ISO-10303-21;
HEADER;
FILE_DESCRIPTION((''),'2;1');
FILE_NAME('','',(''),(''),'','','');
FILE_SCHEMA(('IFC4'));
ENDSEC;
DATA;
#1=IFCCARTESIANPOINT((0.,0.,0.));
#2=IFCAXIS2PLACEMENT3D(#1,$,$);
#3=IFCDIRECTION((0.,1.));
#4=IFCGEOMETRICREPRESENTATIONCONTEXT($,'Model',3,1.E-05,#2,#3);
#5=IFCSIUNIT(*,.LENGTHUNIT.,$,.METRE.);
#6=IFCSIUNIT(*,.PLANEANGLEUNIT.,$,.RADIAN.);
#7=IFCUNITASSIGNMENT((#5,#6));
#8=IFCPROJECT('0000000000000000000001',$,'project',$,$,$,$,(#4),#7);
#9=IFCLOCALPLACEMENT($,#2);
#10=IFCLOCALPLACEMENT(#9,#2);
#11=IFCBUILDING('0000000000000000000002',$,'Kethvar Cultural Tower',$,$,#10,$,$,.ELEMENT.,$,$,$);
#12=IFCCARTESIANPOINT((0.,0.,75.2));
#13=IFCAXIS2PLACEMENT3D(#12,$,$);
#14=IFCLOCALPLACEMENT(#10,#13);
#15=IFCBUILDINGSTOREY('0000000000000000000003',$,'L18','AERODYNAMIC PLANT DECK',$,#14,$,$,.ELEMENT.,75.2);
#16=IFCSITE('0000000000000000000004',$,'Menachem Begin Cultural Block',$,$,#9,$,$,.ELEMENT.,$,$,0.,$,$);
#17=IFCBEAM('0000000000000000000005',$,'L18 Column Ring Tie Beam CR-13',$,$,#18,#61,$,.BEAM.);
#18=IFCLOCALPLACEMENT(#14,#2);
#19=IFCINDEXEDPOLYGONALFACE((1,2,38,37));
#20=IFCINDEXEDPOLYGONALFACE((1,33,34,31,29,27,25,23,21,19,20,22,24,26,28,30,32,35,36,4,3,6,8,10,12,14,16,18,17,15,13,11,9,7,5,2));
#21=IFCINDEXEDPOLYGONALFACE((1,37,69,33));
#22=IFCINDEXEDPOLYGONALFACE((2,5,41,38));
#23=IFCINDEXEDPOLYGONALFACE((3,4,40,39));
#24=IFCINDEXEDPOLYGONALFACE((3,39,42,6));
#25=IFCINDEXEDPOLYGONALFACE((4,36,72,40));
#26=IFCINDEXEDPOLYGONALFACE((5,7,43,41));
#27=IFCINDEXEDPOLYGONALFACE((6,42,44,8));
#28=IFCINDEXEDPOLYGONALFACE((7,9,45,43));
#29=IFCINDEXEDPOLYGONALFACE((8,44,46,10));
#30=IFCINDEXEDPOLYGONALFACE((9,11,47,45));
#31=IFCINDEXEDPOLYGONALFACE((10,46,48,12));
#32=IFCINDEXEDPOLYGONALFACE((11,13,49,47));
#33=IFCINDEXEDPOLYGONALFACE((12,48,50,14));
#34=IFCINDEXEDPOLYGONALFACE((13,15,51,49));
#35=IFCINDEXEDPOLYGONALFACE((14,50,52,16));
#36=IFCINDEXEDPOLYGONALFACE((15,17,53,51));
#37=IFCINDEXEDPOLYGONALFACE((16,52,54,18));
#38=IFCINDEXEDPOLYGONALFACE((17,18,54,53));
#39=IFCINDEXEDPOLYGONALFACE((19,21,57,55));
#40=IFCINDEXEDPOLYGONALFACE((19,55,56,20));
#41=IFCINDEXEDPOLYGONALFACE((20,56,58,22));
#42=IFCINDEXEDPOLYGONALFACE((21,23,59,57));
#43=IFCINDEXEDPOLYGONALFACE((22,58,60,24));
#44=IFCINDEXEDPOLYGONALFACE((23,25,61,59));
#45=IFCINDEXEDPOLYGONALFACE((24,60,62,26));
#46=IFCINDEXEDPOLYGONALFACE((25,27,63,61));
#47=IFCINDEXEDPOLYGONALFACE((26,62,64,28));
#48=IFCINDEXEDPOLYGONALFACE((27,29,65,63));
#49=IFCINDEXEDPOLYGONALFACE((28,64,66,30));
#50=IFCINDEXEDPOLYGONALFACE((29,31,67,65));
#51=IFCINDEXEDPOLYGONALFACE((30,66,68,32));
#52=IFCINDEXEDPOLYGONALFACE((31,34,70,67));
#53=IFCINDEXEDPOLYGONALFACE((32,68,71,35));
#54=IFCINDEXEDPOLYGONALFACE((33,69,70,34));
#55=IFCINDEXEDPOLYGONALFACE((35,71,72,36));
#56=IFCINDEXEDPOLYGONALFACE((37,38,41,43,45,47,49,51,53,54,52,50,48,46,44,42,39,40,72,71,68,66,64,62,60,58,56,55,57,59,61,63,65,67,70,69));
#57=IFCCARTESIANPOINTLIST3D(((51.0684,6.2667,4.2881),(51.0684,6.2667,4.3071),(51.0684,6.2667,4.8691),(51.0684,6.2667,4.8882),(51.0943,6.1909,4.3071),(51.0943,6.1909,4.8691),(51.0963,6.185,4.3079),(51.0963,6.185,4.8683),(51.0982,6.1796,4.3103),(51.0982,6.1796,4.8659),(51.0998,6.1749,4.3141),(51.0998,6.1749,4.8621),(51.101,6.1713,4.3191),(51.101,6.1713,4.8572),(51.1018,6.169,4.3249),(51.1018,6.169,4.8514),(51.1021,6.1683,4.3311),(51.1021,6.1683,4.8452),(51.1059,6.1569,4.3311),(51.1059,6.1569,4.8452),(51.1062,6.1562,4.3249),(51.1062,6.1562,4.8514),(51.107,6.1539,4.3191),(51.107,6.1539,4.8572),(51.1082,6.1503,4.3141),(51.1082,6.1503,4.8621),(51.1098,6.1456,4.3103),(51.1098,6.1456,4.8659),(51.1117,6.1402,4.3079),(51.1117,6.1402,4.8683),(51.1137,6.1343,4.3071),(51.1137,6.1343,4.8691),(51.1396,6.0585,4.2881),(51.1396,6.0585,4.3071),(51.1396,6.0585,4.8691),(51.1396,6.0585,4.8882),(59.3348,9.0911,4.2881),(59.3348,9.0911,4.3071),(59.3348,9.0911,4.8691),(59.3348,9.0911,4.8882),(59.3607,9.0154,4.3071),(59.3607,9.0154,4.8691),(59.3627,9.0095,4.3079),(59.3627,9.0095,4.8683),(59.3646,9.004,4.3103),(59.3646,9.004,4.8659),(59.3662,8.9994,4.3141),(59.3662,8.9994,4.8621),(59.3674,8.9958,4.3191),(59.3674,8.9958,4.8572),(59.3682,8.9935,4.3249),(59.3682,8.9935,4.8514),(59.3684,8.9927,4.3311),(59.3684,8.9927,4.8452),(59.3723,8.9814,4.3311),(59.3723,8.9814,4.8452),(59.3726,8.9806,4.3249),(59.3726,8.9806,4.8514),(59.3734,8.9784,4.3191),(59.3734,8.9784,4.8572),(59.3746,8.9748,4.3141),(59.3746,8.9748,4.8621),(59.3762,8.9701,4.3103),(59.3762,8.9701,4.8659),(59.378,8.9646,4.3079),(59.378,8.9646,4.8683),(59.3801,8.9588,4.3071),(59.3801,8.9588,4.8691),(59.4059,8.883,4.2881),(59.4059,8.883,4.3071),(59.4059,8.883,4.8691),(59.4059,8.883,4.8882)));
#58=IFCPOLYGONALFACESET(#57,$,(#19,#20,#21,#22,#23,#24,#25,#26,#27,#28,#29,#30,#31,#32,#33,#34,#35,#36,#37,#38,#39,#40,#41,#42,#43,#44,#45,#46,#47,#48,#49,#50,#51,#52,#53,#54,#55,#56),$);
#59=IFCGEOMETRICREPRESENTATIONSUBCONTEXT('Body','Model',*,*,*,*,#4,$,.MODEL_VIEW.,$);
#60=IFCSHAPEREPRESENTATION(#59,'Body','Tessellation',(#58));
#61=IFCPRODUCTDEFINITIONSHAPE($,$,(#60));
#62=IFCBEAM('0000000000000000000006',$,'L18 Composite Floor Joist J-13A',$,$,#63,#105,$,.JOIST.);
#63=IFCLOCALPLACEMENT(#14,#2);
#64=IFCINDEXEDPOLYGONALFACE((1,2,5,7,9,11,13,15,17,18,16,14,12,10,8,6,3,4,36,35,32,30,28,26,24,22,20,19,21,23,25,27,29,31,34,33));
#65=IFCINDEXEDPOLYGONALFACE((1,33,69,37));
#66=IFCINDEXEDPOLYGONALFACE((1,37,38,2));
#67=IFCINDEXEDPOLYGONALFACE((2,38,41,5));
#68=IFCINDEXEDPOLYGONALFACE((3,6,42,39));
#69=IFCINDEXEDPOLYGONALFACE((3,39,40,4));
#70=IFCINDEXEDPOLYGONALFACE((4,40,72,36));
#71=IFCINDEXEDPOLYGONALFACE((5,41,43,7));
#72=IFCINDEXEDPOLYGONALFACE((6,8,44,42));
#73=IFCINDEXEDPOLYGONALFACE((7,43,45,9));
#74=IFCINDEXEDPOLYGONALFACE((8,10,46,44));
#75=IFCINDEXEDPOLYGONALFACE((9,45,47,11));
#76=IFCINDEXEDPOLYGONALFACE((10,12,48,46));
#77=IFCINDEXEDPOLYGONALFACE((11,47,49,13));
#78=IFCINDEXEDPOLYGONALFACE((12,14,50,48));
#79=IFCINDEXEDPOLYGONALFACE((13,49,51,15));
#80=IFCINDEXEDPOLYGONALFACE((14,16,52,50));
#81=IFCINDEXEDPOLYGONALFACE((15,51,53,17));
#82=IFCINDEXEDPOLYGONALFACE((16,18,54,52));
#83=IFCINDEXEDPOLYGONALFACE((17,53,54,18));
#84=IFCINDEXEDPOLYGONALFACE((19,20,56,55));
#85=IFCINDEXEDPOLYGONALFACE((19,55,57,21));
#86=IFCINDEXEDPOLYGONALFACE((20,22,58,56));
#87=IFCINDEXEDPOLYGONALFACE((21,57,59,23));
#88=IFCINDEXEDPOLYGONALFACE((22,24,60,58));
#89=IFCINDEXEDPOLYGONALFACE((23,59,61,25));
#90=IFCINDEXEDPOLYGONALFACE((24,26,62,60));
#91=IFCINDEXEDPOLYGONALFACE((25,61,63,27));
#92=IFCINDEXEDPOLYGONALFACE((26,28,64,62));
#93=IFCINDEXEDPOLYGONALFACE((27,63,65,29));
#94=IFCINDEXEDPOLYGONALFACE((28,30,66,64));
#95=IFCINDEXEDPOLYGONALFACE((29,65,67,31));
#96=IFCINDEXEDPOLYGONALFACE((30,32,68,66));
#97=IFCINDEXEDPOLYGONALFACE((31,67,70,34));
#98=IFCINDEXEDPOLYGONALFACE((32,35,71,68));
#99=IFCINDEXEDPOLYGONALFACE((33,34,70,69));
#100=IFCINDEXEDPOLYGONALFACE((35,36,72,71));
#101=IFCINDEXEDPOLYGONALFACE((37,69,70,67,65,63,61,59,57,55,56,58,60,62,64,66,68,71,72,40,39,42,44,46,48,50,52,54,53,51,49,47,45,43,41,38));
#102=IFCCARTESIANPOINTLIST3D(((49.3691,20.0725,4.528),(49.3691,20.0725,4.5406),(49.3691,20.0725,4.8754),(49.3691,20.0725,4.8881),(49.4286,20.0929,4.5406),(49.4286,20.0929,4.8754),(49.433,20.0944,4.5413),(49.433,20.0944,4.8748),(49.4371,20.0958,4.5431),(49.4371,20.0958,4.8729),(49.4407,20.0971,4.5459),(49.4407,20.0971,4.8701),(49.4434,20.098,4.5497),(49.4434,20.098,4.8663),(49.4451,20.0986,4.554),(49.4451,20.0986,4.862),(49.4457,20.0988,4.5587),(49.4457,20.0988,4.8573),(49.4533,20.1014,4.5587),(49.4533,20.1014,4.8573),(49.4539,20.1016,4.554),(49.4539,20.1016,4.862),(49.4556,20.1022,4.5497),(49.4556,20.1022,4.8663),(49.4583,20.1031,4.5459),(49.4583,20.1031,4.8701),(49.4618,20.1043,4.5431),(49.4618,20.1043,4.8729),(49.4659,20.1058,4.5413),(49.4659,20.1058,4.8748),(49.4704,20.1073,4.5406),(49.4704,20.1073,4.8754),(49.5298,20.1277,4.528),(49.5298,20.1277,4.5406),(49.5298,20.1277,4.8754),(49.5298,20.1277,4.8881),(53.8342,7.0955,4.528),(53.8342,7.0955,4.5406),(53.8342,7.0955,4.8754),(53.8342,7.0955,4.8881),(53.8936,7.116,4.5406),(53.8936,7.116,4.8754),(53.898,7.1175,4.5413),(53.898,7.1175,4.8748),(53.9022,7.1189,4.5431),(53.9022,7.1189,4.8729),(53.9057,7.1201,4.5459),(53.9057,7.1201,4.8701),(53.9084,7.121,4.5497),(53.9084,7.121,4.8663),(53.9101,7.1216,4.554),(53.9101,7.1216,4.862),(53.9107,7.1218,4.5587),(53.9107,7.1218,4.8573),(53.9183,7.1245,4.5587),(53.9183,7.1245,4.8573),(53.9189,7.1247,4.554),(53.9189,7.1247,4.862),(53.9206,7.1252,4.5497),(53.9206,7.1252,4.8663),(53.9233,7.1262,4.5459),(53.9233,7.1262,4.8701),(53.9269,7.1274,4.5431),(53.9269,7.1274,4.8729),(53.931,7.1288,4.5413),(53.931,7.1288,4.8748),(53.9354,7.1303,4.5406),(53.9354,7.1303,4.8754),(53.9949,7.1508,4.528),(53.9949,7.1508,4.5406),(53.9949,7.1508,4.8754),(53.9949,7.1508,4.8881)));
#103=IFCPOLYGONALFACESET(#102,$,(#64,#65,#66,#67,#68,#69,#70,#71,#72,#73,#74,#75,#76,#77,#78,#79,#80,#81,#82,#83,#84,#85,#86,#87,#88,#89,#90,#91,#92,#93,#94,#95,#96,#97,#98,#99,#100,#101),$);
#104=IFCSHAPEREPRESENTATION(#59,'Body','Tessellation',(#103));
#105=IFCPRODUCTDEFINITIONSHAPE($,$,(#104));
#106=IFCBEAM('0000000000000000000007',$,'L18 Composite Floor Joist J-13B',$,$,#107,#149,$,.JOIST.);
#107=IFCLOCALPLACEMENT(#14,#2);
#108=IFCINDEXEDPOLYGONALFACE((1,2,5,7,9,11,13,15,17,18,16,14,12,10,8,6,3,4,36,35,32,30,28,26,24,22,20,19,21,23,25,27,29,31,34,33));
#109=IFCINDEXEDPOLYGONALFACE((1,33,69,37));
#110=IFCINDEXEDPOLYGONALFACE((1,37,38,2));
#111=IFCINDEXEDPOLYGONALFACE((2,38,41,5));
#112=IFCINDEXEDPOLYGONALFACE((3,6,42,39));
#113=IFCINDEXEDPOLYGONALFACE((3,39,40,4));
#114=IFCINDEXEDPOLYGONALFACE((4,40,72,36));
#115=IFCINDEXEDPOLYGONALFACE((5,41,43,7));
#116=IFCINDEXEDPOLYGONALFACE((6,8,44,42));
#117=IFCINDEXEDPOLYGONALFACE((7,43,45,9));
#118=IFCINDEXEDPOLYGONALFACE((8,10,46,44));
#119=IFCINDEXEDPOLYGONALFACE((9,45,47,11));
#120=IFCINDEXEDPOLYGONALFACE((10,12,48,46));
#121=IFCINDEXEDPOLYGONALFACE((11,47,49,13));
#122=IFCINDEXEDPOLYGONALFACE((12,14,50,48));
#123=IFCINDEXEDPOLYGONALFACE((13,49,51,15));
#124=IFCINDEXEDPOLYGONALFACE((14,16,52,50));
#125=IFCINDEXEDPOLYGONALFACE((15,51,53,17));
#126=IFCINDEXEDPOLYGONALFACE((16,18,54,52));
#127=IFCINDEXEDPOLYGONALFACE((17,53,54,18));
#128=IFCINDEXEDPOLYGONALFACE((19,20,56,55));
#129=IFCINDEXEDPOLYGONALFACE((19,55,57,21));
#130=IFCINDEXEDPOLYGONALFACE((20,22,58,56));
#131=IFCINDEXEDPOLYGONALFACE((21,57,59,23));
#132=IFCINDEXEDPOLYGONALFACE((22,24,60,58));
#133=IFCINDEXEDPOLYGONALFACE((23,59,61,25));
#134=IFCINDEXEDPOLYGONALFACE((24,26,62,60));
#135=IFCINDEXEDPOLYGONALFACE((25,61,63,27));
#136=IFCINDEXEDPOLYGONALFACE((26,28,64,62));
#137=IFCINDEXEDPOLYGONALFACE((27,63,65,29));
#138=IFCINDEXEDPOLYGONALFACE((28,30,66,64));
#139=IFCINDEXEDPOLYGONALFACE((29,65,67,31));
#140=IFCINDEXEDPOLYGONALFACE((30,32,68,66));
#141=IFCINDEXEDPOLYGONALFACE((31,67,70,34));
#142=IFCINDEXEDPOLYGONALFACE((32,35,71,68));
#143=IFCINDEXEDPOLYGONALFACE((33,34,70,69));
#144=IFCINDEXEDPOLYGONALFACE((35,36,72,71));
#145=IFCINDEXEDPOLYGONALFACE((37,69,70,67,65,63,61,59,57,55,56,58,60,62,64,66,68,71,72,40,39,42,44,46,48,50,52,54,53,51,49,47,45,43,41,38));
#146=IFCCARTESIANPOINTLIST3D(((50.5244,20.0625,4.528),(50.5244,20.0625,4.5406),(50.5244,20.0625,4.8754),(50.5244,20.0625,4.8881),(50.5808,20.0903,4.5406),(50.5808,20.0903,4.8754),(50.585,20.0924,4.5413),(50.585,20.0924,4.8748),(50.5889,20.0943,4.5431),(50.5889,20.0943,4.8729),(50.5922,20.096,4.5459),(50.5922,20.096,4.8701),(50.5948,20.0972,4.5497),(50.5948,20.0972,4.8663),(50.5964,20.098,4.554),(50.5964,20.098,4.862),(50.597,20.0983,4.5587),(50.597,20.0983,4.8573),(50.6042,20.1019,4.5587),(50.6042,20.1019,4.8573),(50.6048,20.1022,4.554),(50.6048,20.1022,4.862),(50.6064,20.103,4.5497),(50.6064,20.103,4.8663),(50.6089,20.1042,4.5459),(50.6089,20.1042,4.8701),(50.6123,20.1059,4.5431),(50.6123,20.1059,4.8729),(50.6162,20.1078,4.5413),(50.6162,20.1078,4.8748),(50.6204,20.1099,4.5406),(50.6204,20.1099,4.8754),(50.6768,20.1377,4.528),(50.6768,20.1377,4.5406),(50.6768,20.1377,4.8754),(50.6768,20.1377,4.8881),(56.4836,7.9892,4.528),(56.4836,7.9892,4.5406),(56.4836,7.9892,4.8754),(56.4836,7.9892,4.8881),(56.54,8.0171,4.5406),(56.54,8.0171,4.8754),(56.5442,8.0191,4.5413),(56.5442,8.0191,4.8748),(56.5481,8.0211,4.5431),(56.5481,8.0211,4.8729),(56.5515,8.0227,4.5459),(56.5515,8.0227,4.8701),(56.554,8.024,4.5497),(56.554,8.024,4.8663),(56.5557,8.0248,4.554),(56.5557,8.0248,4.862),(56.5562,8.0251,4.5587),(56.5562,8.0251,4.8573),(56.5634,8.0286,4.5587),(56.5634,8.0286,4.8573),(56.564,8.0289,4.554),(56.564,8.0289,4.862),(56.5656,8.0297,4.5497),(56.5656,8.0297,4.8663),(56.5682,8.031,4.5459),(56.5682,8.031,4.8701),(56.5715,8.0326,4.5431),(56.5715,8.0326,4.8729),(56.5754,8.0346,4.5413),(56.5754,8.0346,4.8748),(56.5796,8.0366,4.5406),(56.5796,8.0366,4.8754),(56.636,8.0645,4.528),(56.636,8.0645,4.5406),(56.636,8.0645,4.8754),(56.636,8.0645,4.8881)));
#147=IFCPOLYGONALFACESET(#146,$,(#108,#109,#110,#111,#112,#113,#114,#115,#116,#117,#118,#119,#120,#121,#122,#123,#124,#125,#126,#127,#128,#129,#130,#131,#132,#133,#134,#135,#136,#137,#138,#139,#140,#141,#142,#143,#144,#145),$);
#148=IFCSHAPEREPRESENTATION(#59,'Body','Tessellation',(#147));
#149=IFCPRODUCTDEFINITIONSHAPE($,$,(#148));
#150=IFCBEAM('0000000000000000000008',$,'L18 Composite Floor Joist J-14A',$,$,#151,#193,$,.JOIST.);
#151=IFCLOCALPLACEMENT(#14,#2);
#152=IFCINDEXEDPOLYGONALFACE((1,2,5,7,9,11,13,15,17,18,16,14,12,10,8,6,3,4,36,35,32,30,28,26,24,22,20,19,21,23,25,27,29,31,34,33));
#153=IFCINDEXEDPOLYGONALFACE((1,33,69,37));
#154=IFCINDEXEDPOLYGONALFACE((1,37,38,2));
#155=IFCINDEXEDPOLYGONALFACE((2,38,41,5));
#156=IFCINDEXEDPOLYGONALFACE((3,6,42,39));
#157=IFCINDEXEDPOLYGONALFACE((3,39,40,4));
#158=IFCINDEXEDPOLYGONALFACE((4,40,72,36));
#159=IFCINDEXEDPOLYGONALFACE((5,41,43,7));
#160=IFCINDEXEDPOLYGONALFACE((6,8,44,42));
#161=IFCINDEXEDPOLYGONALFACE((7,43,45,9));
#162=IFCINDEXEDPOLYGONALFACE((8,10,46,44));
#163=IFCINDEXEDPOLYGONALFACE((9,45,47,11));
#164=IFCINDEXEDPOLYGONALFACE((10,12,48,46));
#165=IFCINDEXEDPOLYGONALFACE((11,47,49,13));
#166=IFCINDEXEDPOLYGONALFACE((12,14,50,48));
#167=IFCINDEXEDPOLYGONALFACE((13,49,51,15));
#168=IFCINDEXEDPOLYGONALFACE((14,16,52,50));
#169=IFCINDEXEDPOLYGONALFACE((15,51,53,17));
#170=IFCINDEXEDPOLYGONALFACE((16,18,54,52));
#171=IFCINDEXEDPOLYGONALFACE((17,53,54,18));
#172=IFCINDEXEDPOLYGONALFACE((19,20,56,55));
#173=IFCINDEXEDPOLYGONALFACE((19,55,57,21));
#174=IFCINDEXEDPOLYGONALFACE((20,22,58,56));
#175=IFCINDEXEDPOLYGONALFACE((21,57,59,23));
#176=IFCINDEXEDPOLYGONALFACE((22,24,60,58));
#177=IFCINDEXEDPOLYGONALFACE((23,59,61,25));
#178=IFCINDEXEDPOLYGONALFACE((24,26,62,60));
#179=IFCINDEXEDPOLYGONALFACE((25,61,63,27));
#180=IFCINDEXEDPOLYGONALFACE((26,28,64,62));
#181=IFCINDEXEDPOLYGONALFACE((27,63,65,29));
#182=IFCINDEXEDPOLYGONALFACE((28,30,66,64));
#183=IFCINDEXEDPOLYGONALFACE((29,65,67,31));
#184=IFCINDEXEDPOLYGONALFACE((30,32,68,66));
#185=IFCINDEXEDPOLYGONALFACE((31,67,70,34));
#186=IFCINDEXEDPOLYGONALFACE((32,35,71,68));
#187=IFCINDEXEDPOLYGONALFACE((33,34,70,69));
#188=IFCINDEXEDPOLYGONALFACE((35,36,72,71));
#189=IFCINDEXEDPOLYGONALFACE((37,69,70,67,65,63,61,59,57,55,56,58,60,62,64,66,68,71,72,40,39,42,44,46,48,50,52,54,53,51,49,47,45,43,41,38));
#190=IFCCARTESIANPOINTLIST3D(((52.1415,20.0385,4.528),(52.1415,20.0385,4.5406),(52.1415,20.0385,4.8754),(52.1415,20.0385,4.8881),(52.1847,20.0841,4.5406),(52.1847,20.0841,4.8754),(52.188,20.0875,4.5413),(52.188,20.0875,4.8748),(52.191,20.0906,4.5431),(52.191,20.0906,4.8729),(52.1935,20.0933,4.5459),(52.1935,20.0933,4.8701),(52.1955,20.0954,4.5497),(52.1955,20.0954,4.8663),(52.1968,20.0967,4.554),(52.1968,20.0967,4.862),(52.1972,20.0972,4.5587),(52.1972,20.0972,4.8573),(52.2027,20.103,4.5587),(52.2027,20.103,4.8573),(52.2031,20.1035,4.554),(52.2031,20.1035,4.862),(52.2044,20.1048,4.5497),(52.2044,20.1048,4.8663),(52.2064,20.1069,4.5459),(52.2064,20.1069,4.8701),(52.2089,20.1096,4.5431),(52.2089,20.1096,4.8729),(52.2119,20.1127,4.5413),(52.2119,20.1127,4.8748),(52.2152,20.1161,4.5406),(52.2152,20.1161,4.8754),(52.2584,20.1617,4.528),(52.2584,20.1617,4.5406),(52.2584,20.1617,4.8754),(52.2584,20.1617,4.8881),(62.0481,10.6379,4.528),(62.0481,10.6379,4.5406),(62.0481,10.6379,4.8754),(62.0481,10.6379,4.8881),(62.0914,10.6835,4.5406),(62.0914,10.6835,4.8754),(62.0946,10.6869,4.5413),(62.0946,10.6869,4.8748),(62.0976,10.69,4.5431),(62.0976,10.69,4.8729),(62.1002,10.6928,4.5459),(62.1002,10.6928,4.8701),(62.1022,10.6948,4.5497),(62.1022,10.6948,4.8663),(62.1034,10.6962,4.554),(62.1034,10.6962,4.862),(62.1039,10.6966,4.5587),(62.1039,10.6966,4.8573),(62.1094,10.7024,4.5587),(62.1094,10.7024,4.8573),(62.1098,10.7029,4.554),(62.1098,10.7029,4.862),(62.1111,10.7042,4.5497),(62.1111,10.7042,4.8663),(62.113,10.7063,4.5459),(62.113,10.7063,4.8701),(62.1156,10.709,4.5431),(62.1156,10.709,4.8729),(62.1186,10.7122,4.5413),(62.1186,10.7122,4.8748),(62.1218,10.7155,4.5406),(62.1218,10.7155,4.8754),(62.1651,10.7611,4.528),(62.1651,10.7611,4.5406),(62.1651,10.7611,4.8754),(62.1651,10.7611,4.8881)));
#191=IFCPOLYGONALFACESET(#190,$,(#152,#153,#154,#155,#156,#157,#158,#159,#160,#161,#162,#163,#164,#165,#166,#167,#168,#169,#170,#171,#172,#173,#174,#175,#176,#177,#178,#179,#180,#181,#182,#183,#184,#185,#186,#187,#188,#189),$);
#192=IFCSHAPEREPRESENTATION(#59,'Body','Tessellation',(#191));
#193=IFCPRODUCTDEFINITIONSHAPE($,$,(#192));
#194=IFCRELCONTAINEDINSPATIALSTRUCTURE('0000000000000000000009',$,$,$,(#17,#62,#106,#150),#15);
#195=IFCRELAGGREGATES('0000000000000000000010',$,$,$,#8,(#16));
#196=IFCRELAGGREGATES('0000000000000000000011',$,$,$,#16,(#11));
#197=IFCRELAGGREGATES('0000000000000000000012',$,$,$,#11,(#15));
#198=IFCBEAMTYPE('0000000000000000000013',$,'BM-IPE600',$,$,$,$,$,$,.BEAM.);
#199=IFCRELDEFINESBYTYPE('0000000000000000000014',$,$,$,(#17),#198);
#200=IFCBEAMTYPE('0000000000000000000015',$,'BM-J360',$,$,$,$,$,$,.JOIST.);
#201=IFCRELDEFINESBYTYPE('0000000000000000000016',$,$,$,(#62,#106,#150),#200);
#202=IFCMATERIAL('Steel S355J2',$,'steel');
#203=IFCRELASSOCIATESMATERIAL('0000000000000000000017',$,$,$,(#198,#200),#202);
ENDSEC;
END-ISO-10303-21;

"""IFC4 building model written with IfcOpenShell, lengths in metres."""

from ifc_helpers import new_model, si_unit, direction, frame, origin, origin_2d, place, context, subcontext, project, spatial, i_section, extrude, source, transform, mapped, material, material_profile, profile_set, type_object, element, save


model = new_model("IFC4")

# Units and contexts
model_context = context("Model", 3, precision=1e-05, world=origin(), true_north=direction((0.0, 1.0)))
body_context = subcontext(model_context, "Body", "Model", "MODEL_VIEW")
ifc_project = project(units=[si_unit("LENGTHUNIT", "METRE"), si_unit("PLANEANGLEUNIT", "RADIAN")], contexts=[model_context])

# Site, building, storey
site_placement = place(None, origin())
site = spatial("IfcSite", under=ifc_project, at=site_placement, Name="Menachem Begin Cultural Block", CompositionType="ELEMENT", RefElevation=0.0)
building_placement = place(site_placement, origin())
building = spatial("IfcBuilding", under=site, at=building_placement, Name="Kethvar Cultural Tower", CompositionType="ELEMENT")
storey_placement = place(building_placement, frame((0.0, 0.0, 75.2)))
storey = spatial("IfcBuildingStorey", under=building, at=storey_placement, Name="L18", Description="AERODYNAMIC PLANT DECK", CompositionType="ELEMENT", Elevation=75.2)

# Beams
ifc_material_1 = material(Name="Steel S355J2", Category="steel")
ifc_material_profile_1 = material_profile(ifc_material_1, i_section(OverallWidth=0.22, OverallDepth=0.6001, WebThickness=0.012, FlangeThickness=0.019, FilletRadius=0.0239, at=origin_2d()), Name="Steel S355J2 — IPE600")
ifc_profile_set_1 = profile_set([ifc_material_profile_1], Name="Steel S355J2 — IPE600")
beam_type_1 = type_object("IfcBeamType", Name="BM-IPE600", PredefinedType="BEAM", material=ifc_profile_set_1)
shared_shape_1 = source(origin(), body_context, "Body", "SweptSolid", [
    extrude(i_section(OverallWidth=0.22, OverallDepth=0.6001, WebThickness=0.012, FlangeThickness=0.019, FilletRadius=0.0239, at=origin_2d()), origin(), (0.0, 0.0, 1.0), 8.7356),
])
beam_1_placement = place(storey_placement, frame((51.104, 6.1626, 4.5881), z_axis=(0.946287, 0.323329, 0.0), x_axis=(-0.323329, 0.946287, 0.0)))
element("IfcBeam", 1, at=beam_1_placement, inside=storey, type_object=beam_type_1, Name="L18 Column Ring Tie Beam CR-13", PredefinedType="BEAM", context=body_context, shape_type="MappedRepresentation", body=[
    mapped(shared_shape_1, transform((0.0, 0.0, 0.0), scale=1.0)),
])
ifc_material_profile_2 = material_profile(ifc_material_1, i_section(OverallWidth=0.1699, OverallDepth=0.3601, WebThickness=0.0081, FlangeThickness=0.0127, FilletRadius=0.0181, at=origin_2d()), Name="Steel S355J2 — IPE360")
ifc_profile_set_2 = profile_set([ifc_material_profile_2], Name="Steel S355J2 — IPE360")
beam_type_2 = type_object("IfcBeamType", Name="BM-J360", PredefinedType="JOIST", material=ifc_profile_set_2)
shared_shape_2 = source(origin(), body_context, "Body", "SweptSolid", [
    extrude(i_section(OverallWidth=0.1699, OverallDepth=0.3601, WebThickness=0.0081, FlangeThickness=0.0127, FilletRadius=0.0181, at=origin_2d()), origin(), (0.0, 0.0, 1.0), 13.7236),
])
beam_2_placement = place(storey_placement, frame((49.4495, 20.1001, 4.708), z_axis=(0.325355, -0.945592, 0.0), x_axis=(0.945592, 0.325355, 0.0)))
element("IfcBeam", 2, at=beam_2_placement, inside=storey, type_object=beam_type_2, Name="L18 Composite Floor Joist J-13A", PredefinedType="JOIST", context=body_context, shape_type="MappedRepresentation", body=[
    mapped(shared_shape_2, transform((0.0, 0.0, 0.0), scale=1.0)),
])
shared_shape_3 = source(origin(), body_context, "Body", "SweptSolid", [
    extrude(i_section(OverallWidth=0.1699, OverallDepth=0.3601, WebThickness=0.0081, FlangeThickness=0.0127, FilletRadius=0.0181, at=origin_2d()), origin(), (0.0, 0.0, 1.0), 13.4639),
])
beam_3_placement = place(storey_placement, frame((50.6006, 20.1001, 4.708), z_axis=(0.442609, -0.896715, 0.0), x_axis=(0.896715, 0.442609, 0.0)))
element("IfcBeam", 3, at=beam_3_placement, inside=storey, type_object=beam_type_2, Name="L18 Composite Floor Joist J-13B", PredefinedType="JOIST", context=body_context, shape_type="MappedRepresentation", body=[
    mapped(shared_shape_3, transform((0.0, 0.0, 0.0), scale=1.0)),
])
shared_shape_4 = source(origin(), body_context, "Body", "SweptSolid", [
    extrude(i_section(OverallWidth=0.1699, OverallDepth=0.3601, WebThickness=0.0081, FlangeThickness=0.0127, FilletRadius=0.0181, at=origin_2d()), origin(), (0.0, 0.0, 1.0), 13.657),
])
beam_4_placement = place(storey_placement, frame((52.2, 20.1001, 4.708), z_axis=(0.725393, -0.688335, 0.0), x_axis=(0.688335, 0.725393, 0.0)))
element("IfcBeam", 4, at=beam_4_placement, inside=storey, type_object=beam_type_2, Name="L18 Composite Floor Joist J-14A", PredefinedType="JOIST", context=body_context, shape_type="MappedRepresentation", body=[
    mapped(shared_shape_4, transform((0.0, 0.0, 0.0), scale=1.0)),
])

save(model, "model.ifc")
